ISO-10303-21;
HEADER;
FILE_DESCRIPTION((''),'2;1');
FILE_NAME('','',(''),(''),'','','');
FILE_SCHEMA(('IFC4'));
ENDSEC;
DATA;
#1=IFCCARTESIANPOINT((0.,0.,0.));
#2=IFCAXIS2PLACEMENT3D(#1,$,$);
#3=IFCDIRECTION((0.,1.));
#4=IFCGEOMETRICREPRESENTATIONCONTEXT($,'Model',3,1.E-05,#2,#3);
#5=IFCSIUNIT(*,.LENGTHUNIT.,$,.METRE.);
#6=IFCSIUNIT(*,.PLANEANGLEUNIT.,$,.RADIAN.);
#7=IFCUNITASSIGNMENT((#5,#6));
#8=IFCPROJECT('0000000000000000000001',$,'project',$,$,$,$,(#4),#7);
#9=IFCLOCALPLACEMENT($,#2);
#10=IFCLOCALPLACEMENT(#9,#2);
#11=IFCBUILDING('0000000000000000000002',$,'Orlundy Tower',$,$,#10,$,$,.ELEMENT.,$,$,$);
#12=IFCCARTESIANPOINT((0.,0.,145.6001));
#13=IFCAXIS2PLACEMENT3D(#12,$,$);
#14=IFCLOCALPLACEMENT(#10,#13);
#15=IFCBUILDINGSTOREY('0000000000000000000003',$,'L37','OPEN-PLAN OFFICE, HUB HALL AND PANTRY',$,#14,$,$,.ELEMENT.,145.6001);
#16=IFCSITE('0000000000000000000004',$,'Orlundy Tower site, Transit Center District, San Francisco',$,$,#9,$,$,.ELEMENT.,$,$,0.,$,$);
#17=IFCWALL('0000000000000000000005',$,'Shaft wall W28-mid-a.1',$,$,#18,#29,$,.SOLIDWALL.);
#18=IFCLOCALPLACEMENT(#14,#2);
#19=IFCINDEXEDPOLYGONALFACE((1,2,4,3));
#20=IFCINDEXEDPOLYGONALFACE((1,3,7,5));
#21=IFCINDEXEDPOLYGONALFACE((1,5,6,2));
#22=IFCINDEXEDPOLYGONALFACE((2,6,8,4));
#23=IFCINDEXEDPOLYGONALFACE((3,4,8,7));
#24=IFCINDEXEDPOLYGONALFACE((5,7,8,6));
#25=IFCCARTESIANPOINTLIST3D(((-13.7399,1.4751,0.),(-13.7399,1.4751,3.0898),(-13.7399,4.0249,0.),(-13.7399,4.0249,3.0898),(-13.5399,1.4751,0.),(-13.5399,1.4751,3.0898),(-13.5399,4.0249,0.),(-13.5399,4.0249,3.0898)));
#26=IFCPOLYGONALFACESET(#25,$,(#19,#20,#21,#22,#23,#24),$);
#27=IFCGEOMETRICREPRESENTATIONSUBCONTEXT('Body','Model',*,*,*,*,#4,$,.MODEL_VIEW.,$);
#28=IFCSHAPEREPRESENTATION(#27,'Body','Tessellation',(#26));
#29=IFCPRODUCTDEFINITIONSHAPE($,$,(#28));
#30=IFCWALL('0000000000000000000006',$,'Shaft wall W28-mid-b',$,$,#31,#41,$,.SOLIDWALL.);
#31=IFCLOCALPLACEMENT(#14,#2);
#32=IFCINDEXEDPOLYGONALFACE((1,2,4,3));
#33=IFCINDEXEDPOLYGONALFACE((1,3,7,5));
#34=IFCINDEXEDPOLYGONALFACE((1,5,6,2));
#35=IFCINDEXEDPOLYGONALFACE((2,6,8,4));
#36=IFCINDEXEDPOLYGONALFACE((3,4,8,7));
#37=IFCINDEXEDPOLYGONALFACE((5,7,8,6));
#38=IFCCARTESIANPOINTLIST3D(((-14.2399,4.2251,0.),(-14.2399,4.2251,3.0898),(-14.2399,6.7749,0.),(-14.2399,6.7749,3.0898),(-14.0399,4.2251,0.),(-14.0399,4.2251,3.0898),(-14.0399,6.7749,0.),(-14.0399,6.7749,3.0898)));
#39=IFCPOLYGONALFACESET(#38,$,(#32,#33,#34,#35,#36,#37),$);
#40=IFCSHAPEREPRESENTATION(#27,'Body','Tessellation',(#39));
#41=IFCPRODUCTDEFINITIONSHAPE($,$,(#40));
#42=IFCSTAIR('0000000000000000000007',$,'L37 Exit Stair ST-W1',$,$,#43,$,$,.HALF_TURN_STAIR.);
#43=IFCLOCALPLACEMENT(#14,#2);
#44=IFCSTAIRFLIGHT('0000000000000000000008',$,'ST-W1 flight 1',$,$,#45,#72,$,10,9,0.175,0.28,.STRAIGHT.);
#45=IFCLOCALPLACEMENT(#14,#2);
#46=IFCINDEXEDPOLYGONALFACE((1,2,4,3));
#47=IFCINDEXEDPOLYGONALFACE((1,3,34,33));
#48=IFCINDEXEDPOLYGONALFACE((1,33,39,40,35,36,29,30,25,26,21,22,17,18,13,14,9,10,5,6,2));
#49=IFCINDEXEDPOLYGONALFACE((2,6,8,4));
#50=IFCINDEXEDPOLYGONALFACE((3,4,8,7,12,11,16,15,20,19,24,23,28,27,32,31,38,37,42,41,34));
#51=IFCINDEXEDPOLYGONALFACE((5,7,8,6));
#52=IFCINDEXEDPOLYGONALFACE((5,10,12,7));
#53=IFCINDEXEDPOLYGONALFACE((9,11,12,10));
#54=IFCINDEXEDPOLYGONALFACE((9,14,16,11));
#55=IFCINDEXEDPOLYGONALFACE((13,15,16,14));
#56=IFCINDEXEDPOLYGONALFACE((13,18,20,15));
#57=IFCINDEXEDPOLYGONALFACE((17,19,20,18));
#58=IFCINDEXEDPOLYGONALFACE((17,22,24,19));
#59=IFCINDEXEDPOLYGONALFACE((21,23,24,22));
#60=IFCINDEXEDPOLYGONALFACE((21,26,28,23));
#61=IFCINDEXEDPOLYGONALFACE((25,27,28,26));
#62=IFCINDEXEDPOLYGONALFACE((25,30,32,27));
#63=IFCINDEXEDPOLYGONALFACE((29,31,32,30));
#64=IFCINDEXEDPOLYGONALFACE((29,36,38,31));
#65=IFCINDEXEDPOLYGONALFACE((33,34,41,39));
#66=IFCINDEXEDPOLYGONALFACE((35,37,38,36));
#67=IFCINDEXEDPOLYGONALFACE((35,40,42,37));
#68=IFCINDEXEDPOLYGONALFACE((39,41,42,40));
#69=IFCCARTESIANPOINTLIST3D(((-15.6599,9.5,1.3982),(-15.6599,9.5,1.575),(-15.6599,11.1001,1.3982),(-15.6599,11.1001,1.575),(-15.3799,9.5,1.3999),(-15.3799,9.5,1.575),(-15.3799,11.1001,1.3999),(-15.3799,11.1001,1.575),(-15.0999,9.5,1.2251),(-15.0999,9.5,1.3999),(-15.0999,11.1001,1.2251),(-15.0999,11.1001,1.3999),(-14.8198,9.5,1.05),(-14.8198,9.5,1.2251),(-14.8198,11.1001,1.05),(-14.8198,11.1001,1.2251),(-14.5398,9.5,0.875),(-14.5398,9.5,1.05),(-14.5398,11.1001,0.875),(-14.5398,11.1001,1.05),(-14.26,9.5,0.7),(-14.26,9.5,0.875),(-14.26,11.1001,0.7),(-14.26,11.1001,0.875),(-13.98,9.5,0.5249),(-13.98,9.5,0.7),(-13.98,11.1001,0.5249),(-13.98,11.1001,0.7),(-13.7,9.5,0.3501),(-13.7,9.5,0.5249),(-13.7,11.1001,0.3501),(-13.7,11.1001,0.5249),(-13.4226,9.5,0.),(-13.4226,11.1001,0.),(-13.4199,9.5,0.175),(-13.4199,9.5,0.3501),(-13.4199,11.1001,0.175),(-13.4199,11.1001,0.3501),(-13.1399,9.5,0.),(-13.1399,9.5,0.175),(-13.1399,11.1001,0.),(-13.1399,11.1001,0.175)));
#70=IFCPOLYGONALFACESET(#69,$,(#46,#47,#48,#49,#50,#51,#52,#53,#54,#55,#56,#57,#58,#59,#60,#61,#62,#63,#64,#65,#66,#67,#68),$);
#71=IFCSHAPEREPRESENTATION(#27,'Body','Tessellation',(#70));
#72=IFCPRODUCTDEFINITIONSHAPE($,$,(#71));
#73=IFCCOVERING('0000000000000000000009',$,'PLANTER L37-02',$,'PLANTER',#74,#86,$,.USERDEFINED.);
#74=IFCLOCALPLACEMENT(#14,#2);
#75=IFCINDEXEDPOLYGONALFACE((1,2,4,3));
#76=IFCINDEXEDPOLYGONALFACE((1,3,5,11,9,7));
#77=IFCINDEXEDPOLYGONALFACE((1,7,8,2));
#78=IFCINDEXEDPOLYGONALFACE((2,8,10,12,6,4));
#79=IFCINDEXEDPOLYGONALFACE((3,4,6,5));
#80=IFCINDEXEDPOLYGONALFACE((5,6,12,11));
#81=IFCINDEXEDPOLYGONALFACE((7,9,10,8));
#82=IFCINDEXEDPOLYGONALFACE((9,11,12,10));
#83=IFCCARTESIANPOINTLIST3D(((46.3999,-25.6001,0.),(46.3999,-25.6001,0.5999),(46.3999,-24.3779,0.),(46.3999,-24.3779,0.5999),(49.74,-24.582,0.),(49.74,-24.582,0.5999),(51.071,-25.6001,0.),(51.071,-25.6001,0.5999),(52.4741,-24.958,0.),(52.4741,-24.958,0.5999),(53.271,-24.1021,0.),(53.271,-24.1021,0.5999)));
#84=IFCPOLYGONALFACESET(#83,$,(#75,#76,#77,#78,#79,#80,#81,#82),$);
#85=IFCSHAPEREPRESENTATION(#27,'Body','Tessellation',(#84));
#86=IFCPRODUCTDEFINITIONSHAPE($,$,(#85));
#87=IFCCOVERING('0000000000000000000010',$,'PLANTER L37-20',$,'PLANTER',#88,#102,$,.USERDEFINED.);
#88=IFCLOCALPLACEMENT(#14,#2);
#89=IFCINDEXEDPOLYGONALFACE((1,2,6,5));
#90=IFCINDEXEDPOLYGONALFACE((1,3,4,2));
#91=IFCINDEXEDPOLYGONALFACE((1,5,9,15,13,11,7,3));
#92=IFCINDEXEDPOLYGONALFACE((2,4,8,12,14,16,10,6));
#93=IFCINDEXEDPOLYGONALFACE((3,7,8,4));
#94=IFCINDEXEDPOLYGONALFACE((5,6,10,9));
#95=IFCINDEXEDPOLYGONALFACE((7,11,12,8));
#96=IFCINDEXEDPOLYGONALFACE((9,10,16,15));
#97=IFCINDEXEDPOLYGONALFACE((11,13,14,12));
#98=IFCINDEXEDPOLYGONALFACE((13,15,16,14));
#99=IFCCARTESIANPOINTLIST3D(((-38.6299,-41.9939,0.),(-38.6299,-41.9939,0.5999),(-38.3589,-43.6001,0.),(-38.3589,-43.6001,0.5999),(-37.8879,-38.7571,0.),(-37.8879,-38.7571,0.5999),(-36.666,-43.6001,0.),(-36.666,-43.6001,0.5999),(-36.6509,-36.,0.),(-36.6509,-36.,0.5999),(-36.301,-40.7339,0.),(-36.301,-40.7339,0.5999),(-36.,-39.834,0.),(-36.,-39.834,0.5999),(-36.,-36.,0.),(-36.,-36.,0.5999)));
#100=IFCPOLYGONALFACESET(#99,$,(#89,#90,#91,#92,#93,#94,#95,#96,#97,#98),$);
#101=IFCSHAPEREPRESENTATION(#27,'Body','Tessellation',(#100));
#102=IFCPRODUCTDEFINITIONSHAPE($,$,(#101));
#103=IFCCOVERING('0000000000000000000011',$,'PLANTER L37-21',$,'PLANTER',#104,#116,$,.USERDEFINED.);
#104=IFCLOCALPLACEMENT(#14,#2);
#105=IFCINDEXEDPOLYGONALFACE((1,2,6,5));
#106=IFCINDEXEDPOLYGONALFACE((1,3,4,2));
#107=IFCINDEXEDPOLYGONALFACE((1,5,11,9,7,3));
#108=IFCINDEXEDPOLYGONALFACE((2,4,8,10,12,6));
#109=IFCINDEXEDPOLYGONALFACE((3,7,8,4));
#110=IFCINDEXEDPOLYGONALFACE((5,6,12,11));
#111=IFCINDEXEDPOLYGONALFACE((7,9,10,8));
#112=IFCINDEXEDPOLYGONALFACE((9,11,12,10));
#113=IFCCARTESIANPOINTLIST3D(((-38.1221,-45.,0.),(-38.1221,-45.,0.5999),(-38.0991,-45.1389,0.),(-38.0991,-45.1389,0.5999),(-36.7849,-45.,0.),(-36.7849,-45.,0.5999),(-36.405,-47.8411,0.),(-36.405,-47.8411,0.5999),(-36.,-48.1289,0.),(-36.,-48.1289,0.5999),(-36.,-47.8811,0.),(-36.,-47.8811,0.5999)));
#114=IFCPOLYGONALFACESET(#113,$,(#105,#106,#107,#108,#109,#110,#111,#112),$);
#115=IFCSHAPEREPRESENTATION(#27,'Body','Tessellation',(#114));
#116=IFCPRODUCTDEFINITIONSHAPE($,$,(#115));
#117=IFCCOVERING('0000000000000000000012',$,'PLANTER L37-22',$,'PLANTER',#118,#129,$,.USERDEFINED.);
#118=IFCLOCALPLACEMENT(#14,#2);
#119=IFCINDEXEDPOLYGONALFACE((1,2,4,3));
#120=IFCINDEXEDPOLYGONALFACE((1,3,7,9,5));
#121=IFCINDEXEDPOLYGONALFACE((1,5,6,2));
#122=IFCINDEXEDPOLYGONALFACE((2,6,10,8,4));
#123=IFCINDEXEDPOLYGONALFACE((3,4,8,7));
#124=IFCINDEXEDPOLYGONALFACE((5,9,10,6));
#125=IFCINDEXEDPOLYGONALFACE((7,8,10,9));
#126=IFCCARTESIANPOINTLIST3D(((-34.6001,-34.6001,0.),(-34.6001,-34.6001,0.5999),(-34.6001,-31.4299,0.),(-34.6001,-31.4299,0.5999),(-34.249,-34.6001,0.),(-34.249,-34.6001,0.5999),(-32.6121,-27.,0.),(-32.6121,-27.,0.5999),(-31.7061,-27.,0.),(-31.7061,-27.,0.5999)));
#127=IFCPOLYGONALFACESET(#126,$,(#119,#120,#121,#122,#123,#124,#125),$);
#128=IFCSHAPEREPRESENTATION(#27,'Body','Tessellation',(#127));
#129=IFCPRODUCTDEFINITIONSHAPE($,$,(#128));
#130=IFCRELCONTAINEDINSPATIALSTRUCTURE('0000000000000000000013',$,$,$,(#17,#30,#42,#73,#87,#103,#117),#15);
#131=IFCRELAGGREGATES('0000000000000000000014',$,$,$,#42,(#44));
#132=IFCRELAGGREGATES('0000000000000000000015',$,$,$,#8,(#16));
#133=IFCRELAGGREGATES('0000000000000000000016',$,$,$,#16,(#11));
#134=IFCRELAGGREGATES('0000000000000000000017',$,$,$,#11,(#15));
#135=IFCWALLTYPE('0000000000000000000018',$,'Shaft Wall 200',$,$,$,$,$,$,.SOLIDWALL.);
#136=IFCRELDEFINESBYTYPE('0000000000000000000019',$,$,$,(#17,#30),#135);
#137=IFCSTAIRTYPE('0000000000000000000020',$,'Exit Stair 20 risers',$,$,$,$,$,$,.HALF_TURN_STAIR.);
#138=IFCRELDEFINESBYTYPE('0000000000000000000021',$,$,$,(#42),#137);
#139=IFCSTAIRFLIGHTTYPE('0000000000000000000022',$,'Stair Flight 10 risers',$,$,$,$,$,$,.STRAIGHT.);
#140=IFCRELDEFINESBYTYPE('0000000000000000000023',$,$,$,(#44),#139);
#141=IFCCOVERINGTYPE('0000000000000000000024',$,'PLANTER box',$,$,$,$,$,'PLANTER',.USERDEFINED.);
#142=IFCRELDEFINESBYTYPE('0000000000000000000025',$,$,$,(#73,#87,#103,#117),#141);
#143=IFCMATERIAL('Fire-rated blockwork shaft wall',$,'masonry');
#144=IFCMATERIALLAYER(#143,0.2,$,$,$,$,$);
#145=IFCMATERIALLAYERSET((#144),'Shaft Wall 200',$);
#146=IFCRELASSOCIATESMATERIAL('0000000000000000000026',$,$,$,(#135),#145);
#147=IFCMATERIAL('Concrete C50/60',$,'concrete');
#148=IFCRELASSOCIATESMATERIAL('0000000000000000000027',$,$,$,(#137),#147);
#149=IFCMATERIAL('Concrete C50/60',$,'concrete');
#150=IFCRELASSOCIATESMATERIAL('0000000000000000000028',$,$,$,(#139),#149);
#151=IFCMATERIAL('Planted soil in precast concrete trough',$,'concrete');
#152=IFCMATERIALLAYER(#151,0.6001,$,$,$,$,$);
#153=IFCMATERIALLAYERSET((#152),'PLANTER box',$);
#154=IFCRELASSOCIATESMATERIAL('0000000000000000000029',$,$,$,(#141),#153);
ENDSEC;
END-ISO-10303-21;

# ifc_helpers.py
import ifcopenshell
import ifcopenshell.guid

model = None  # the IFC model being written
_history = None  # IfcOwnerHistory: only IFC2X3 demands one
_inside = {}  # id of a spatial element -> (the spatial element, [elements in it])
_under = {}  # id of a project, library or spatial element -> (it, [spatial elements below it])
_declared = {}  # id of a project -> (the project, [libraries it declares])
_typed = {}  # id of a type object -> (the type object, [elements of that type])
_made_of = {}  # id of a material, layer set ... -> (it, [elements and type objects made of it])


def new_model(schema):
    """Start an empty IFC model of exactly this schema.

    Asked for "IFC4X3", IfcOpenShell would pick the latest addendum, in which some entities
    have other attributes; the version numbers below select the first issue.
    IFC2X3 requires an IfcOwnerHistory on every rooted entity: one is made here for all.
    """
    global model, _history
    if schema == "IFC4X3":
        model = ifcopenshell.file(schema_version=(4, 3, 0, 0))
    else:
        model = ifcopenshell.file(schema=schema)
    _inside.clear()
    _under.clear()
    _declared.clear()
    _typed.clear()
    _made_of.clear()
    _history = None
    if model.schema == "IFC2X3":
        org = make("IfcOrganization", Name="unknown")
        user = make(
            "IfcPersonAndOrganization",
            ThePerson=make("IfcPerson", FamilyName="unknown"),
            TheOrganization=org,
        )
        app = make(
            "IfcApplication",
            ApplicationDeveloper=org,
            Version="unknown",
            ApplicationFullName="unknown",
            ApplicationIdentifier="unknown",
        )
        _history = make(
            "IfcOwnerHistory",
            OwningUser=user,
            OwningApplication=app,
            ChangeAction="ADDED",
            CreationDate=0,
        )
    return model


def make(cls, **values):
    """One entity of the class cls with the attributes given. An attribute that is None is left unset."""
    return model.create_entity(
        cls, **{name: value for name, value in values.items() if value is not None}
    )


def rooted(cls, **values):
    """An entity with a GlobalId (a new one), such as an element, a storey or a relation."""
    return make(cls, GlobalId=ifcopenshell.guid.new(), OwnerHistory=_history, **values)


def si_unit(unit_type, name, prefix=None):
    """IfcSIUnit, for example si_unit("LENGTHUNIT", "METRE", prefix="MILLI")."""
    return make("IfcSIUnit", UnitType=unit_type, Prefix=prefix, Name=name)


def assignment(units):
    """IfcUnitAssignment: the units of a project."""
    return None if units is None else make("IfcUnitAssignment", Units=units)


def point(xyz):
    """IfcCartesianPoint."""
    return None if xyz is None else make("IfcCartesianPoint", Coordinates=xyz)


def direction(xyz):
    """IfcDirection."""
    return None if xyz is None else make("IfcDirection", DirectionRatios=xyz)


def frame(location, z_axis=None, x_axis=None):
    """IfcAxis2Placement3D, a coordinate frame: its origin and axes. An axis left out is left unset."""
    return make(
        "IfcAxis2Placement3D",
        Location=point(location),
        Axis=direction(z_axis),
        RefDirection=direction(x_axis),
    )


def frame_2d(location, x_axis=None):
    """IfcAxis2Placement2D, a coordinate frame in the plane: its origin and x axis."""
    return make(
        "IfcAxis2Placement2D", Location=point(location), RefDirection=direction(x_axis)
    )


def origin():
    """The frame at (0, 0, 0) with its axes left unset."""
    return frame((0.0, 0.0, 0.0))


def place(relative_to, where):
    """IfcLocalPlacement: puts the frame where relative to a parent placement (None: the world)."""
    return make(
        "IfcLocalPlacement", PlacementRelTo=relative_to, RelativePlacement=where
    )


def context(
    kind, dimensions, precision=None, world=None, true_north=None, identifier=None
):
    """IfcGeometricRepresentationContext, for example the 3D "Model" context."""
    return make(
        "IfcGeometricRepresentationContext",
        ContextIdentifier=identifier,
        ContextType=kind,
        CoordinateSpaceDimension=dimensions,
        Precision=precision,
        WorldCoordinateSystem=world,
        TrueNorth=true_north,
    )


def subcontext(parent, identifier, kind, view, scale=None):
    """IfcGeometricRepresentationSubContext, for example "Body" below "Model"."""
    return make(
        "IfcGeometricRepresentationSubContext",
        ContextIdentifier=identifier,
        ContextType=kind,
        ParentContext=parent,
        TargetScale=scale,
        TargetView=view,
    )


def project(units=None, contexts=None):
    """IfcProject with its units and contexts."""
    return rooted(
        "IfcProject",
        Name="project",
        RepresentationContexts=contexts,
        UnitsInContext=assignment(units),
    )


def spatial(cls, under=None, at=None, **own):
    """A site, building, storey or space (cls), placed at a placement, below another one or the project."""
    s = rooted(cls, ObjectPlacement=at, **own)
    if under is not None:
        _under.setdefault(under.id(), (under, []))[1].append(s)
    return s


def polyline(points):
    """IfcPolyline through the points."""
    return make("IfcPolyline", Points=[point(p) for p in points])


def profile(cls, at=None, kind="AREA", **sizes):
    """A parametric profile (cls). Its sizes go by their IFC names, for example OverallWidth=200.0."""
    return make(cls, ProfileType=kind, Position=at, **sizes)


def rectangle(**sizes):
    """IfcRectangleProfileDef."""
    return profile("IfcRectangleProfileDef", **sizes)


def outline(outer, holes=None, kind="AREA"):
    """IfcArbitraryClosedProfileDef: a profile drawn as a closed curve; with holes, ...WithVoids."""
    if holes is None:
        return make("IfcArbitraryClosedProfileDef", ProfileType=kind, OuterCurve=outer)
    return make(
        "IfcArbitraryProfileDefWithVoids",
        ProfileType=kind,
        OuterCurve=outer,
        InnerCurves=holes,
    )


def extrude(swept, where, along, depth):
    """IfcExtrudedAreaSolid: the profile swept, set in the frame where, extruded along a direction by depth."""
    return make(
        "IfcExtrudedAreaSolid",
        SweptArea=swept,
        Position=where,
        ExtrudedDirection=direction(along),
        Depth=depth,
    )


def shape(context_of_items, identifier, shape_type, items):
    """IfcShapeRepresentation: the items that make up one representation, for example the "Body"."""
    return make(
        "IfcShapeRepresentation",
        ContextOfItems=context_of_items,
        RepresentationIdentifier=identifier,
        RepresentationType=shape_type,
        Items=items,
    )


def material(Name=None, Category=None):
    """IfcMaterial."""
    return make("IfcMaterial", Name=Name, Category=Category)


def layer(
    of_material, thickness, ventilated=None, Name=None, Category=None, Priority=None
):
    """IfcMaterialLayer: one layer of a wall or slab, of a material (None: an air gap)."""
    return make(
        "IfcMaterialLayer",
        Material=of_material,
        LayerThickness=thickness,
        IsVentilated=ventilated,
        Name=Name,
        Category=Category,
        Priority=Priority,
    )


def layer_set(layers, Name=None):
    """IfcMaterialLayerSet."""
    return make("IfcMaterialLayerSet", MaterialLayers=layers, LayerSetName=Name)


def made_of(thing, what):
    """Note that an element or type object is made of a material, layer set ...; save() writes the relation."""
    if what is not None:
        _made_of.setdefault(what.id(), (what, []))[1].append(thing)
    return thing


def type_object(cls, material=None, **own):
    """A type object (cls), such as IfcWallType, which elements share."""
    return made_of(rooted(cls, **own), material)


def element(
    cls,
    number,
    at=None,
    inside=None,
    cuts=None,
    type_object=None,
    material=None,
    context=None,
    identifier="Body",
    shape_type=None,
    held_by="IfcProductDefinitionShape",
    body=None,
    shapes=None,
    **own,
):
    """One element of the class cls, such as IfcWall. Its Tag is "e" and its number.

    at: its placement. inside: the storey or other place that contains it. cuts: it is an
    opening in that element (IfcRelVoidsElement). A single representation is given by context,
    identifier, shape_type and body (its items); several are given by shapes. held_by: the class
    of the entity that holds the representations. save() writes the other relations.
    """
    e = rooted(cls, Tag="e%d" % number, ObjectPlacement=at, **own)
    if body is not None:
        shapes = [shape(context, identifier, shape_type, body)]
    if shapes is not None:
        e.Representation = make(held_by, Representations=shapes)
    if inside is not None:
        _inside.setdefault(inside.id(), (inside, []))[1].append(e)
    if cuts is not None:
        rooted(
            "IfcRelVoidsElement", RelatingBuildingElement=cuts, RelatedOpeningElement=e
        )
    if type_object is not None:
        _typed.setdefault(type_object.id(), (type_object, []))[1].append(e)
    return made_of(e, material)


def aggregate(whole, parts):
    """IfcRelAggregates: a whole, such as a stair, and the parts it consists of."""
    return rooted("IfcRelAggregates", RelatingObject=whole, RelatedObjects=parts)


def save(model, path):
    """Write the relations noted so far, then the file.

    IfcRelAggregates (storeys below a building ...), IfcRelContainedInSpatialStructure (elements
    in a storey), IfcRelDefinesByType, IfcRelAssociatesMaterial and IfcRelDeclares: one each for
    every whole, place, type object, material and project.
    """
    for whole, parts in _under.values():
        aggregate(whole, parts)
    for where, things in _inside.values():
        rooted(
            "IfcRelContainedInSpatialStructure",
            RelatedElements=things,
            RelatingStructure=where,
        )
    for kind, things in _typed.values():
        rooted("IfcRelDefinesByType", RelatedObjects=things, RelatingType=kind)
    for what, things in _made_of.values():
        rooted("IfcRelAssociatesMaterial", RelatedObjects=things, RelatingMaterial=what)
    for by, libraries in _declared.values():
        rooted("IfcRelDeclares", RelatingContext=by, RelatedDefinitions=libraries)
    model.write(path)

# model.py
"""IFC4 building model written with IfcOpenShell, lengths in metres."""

from ifc_helpers import new_model, si_unit, direction, frame, frame_2d, origin, place, context, subcontext, project, spatial, polyline, rectangle, outline, extrude, material, layer, layer_set, type_object, element, aggregate, save


model = new_model("IFC4")

# Units and contexts
model_context = context("Model", 3, precision=1e-05, world=origin(), true_north=direction((0.0, 1.0)))
body_context = subcontext(model_context, "Body", "Model", "MODEL_VIEW")
ifc_project = project(units=[si_unit("LENGTHUNIT", "METRE"), si_unit("PLANEANGLEUNIT", "RADIAN")], contexts=[model_context])

# Site, building, storey
site_placement = place(None, origin())
site = spatial("IfcSite", under=ifc_project, at=site_placement, Name="Orlundy Tower site, Transit Center District, San Francisco", CompositionType="ELEMENT", RefElevation=0.0)
building_placement = place(site_placement, origin())
building = spatial("IfcBuilding", under=site, at=building_placement, Name="Orlundy Tower", CompositionType="ELEMENT")
storey_placement = place(building_placement, frame((0.0, 0.0, 145.6001)))
storey = spatial("IfcBuildingStorey", under=building, at=storey_placement, Name="L37", Description="OPEN-PLAN OFFICE, HUB HALL AND PANTRY", CompositionType="ELEMENT", Elevation=145.6001)

# Walls
ifc_material_1 = material(Name="Fire-rated blockwork shaft wall", Category="masonry")
ifc_layer_1 = layer(ifc_material_1, 0.2)
ifc_layer_set_1 = layer_set([ifc_layer_1], Name="Shaft Wall 200")
wall_type_1 = type_object("IfcWallType", Name="Shaft Wall 200", PredefinedType="SOLIDWALL", material=ifc_layer_set_1)
for number, where, z_axis, x_axis, name in (
    (1, (-13.6399, 1.4751, 0.0), (0.0, 0.0, 1.0), (0.0, 1.0, 0.0), "Shaft wall W28-mid-a.1"),
    (2, (-14.1399, 4.2251, 0.0), (0.0, 0.0, 1.0), (0.0, 1.0, 0.0), "Shaft wall W28-mid-b"),
):
    element("IfcWall", number, at=place(storey_placement, frame(where, z_axis=z_axis, x_axis=x_axis)), inside=storey, type_object=wall_type_1, Name=name, PredefinedType="SOLIDWALL", context=body_context, shape_type="SweptSolid", body=[
        extrude(rectangle(XDim=2.5498, YDim=0.2, at=frame_2d((1.2749, 0.0))), origin(), (0.0, 0.0, 1.0), 3.0898),
    ])

# Stair, stair flight
ifc_material_2 = material(Name="Concrete C50/60", Category="concrete")
stair_type = type_object("IfcStairType", Name="Exit Stair 20 risers", PredefinedType="HALF_TURN_STAIR", material=ifc_material_2)
stair_placement = place(storey_placement, origin())
stair = element("IfcStair", 3, at=stair_placement, inside=storey, type_object=stair_type, Name="L37 Exit Stair ST-W1", PredefinedType="HALF_TURN_STAIR")
ifc_material_3 = material(Name="Concrete C50/60", Category="concrete")
stair_flight_type = type_object("IfcStairFlightType", Name="Stair Flight 10 risers", PredefinedType="STRAIGHT", material=ifc_material_3)
stair_flight_placement = place(storey_placement, frame((-13.1399, 10.3, 0.0), z_axis=(0.0, 0.0, 1.0), x_axis=(-1.0, 0.0, 0.0)))
stair_flight = element("IfcStairFlight", 4, at=stair_flight_placement, type_object=stair_flight_type, Name="ST-W1 flight 1", NumberOfRisers=10, NumberOfTreads=9, PredefinedType="STRAIGHT", RiserHeight=0.175, TreadLength=0.28, context=body_context, shape_type="SweptSolid", body=[
    extrude(outline(polyline([(0.0, 0.0), (0.0, 0.175), (0.28, 0.175), (0.28, 0.3501), (0.5601, 0.3501), (0.5601, 0.5249), (0.8401, 0.5249), (0.8401, 0.7), (1.1201, 0.7), (1.1201, 0.875), (1.3999, 0.875), (1.3999, 1.05), (1.6799, 1.05), (1.6799, 1.2251), (1.96, 1.2251), (1.96, 1.3999), (2.24, 1.3999), (2.24, 1.575), (2.52, 1.575), (2.52, 1.75), (2.52, 1.3982), (0.2827, 0.0), (0.0, 0.0)])), frame((0.0, 0.8, 0.0), z_axis=(0.0, -1.0, 0.0), x_axis=(1.0, 0.0, 0.0)), (0.0, 0.0, 1.0), 1.6001),
])
aggregate(stair, [stair_flight])

# Coverings
ifc_material_4 = material(Name="Planted soil in precast concrete trough", Category="concrete")
ifc_layer_2 = layer(ifc_material_4, 0.6001)
ifc_layer_set_2 = layer_set([ifc_layer_2], Name="PLANTER box")
covering_type = type_object("IfcCoveringType", Name="PLANTER box", ElementType="PLANTER", PredefinedType="USERDEFINED", material=ifc_layer_set_2)
covering_1_placement = place(storey_placement, origin())
element("IfcCovering", 5, at=covering_1_placement, inside=storey, type_object=covering_type, Name="PLANTER L37-02", ObjectType="PLANTER", PredefinedType="USERDEFINED", context=body_context, shape_type="SweptSolid", body=[
    extrude(outline(polyline([(51.071, -25.6001), (46.3999, -25.6001), (46.3999, -24.3779), (49.74, -24.582), (53.271, -24.1021), (52.4741, -24.958), (51.071, -25.6001)])), origin(), (0.0, 0.0, 1.0), 0.5999),
])
covering_2_placement = place(storey_placement, origin())
element("IfcCovering", 6, at=covering_2_placement, inside=storey, type_object=covering_type, Name="PLANTER L37-20", ObjectType="PLANTER", PredefinedType="USERDEFINED", context=body_context, shape_type="SweptSolid", body=[
    extrude(outline(polyline([(-38.6299, -41.9939), (-37.8879, -38.7571), (-36.6509, -36.0), (-36.0, -36.0), (-36.0, -39.834), (-36.301, -40.7339), (-36.666, -43.6001), (-38.3589, -43.6001), (-38.6299, -41.9939)])), origin(), (0.0, 0.0, 1.0), 0.5999),
])
covering_3_placement = place(storey_placement, origin())
element("IfcCovering", 7, at=covering_3_placement, inside=storey, type_object=covering_type, Name="PLANTER L37-21", ObjectType="PLANTER", PredefinedType="USERDEFINED", context=body_context, shape_type="SweptSolid", body=[
    extrude(outline(polyline([(-38.1221, -45.0), (-36.7849, -45.0), (-36.0, -47.8811), (-36.0, -48.1289), (-36.405, -47.8411), (-38.0991, -45.1389), (-38.1221, -45.0)])), origin(), (0.0, 0.0, 1.0), 0.5999),
])
covering_4_placement = place(storey_placement, origin())
element("IfcCovering", 8, at=covering_4_placement, inside=storey, type_object=covering_type, Name="PLANTER L37-22", ObjectType="PLANTER", PredefinedType="USERDEFINED", context=body_context, shape_type="SweptSolid", body=[
    extrude(outline(polyline([(-32.6121, -27.0), (-31.7061, -27.0), (-34.249, -34.6001), (-34.6001, -34.6001), (-34.6001, -31.4299), (-32.6121, -27.0)])), origin(), (0.0, 0.0, 1.0), 0.5999),
])

save(model, "model.ifc")
